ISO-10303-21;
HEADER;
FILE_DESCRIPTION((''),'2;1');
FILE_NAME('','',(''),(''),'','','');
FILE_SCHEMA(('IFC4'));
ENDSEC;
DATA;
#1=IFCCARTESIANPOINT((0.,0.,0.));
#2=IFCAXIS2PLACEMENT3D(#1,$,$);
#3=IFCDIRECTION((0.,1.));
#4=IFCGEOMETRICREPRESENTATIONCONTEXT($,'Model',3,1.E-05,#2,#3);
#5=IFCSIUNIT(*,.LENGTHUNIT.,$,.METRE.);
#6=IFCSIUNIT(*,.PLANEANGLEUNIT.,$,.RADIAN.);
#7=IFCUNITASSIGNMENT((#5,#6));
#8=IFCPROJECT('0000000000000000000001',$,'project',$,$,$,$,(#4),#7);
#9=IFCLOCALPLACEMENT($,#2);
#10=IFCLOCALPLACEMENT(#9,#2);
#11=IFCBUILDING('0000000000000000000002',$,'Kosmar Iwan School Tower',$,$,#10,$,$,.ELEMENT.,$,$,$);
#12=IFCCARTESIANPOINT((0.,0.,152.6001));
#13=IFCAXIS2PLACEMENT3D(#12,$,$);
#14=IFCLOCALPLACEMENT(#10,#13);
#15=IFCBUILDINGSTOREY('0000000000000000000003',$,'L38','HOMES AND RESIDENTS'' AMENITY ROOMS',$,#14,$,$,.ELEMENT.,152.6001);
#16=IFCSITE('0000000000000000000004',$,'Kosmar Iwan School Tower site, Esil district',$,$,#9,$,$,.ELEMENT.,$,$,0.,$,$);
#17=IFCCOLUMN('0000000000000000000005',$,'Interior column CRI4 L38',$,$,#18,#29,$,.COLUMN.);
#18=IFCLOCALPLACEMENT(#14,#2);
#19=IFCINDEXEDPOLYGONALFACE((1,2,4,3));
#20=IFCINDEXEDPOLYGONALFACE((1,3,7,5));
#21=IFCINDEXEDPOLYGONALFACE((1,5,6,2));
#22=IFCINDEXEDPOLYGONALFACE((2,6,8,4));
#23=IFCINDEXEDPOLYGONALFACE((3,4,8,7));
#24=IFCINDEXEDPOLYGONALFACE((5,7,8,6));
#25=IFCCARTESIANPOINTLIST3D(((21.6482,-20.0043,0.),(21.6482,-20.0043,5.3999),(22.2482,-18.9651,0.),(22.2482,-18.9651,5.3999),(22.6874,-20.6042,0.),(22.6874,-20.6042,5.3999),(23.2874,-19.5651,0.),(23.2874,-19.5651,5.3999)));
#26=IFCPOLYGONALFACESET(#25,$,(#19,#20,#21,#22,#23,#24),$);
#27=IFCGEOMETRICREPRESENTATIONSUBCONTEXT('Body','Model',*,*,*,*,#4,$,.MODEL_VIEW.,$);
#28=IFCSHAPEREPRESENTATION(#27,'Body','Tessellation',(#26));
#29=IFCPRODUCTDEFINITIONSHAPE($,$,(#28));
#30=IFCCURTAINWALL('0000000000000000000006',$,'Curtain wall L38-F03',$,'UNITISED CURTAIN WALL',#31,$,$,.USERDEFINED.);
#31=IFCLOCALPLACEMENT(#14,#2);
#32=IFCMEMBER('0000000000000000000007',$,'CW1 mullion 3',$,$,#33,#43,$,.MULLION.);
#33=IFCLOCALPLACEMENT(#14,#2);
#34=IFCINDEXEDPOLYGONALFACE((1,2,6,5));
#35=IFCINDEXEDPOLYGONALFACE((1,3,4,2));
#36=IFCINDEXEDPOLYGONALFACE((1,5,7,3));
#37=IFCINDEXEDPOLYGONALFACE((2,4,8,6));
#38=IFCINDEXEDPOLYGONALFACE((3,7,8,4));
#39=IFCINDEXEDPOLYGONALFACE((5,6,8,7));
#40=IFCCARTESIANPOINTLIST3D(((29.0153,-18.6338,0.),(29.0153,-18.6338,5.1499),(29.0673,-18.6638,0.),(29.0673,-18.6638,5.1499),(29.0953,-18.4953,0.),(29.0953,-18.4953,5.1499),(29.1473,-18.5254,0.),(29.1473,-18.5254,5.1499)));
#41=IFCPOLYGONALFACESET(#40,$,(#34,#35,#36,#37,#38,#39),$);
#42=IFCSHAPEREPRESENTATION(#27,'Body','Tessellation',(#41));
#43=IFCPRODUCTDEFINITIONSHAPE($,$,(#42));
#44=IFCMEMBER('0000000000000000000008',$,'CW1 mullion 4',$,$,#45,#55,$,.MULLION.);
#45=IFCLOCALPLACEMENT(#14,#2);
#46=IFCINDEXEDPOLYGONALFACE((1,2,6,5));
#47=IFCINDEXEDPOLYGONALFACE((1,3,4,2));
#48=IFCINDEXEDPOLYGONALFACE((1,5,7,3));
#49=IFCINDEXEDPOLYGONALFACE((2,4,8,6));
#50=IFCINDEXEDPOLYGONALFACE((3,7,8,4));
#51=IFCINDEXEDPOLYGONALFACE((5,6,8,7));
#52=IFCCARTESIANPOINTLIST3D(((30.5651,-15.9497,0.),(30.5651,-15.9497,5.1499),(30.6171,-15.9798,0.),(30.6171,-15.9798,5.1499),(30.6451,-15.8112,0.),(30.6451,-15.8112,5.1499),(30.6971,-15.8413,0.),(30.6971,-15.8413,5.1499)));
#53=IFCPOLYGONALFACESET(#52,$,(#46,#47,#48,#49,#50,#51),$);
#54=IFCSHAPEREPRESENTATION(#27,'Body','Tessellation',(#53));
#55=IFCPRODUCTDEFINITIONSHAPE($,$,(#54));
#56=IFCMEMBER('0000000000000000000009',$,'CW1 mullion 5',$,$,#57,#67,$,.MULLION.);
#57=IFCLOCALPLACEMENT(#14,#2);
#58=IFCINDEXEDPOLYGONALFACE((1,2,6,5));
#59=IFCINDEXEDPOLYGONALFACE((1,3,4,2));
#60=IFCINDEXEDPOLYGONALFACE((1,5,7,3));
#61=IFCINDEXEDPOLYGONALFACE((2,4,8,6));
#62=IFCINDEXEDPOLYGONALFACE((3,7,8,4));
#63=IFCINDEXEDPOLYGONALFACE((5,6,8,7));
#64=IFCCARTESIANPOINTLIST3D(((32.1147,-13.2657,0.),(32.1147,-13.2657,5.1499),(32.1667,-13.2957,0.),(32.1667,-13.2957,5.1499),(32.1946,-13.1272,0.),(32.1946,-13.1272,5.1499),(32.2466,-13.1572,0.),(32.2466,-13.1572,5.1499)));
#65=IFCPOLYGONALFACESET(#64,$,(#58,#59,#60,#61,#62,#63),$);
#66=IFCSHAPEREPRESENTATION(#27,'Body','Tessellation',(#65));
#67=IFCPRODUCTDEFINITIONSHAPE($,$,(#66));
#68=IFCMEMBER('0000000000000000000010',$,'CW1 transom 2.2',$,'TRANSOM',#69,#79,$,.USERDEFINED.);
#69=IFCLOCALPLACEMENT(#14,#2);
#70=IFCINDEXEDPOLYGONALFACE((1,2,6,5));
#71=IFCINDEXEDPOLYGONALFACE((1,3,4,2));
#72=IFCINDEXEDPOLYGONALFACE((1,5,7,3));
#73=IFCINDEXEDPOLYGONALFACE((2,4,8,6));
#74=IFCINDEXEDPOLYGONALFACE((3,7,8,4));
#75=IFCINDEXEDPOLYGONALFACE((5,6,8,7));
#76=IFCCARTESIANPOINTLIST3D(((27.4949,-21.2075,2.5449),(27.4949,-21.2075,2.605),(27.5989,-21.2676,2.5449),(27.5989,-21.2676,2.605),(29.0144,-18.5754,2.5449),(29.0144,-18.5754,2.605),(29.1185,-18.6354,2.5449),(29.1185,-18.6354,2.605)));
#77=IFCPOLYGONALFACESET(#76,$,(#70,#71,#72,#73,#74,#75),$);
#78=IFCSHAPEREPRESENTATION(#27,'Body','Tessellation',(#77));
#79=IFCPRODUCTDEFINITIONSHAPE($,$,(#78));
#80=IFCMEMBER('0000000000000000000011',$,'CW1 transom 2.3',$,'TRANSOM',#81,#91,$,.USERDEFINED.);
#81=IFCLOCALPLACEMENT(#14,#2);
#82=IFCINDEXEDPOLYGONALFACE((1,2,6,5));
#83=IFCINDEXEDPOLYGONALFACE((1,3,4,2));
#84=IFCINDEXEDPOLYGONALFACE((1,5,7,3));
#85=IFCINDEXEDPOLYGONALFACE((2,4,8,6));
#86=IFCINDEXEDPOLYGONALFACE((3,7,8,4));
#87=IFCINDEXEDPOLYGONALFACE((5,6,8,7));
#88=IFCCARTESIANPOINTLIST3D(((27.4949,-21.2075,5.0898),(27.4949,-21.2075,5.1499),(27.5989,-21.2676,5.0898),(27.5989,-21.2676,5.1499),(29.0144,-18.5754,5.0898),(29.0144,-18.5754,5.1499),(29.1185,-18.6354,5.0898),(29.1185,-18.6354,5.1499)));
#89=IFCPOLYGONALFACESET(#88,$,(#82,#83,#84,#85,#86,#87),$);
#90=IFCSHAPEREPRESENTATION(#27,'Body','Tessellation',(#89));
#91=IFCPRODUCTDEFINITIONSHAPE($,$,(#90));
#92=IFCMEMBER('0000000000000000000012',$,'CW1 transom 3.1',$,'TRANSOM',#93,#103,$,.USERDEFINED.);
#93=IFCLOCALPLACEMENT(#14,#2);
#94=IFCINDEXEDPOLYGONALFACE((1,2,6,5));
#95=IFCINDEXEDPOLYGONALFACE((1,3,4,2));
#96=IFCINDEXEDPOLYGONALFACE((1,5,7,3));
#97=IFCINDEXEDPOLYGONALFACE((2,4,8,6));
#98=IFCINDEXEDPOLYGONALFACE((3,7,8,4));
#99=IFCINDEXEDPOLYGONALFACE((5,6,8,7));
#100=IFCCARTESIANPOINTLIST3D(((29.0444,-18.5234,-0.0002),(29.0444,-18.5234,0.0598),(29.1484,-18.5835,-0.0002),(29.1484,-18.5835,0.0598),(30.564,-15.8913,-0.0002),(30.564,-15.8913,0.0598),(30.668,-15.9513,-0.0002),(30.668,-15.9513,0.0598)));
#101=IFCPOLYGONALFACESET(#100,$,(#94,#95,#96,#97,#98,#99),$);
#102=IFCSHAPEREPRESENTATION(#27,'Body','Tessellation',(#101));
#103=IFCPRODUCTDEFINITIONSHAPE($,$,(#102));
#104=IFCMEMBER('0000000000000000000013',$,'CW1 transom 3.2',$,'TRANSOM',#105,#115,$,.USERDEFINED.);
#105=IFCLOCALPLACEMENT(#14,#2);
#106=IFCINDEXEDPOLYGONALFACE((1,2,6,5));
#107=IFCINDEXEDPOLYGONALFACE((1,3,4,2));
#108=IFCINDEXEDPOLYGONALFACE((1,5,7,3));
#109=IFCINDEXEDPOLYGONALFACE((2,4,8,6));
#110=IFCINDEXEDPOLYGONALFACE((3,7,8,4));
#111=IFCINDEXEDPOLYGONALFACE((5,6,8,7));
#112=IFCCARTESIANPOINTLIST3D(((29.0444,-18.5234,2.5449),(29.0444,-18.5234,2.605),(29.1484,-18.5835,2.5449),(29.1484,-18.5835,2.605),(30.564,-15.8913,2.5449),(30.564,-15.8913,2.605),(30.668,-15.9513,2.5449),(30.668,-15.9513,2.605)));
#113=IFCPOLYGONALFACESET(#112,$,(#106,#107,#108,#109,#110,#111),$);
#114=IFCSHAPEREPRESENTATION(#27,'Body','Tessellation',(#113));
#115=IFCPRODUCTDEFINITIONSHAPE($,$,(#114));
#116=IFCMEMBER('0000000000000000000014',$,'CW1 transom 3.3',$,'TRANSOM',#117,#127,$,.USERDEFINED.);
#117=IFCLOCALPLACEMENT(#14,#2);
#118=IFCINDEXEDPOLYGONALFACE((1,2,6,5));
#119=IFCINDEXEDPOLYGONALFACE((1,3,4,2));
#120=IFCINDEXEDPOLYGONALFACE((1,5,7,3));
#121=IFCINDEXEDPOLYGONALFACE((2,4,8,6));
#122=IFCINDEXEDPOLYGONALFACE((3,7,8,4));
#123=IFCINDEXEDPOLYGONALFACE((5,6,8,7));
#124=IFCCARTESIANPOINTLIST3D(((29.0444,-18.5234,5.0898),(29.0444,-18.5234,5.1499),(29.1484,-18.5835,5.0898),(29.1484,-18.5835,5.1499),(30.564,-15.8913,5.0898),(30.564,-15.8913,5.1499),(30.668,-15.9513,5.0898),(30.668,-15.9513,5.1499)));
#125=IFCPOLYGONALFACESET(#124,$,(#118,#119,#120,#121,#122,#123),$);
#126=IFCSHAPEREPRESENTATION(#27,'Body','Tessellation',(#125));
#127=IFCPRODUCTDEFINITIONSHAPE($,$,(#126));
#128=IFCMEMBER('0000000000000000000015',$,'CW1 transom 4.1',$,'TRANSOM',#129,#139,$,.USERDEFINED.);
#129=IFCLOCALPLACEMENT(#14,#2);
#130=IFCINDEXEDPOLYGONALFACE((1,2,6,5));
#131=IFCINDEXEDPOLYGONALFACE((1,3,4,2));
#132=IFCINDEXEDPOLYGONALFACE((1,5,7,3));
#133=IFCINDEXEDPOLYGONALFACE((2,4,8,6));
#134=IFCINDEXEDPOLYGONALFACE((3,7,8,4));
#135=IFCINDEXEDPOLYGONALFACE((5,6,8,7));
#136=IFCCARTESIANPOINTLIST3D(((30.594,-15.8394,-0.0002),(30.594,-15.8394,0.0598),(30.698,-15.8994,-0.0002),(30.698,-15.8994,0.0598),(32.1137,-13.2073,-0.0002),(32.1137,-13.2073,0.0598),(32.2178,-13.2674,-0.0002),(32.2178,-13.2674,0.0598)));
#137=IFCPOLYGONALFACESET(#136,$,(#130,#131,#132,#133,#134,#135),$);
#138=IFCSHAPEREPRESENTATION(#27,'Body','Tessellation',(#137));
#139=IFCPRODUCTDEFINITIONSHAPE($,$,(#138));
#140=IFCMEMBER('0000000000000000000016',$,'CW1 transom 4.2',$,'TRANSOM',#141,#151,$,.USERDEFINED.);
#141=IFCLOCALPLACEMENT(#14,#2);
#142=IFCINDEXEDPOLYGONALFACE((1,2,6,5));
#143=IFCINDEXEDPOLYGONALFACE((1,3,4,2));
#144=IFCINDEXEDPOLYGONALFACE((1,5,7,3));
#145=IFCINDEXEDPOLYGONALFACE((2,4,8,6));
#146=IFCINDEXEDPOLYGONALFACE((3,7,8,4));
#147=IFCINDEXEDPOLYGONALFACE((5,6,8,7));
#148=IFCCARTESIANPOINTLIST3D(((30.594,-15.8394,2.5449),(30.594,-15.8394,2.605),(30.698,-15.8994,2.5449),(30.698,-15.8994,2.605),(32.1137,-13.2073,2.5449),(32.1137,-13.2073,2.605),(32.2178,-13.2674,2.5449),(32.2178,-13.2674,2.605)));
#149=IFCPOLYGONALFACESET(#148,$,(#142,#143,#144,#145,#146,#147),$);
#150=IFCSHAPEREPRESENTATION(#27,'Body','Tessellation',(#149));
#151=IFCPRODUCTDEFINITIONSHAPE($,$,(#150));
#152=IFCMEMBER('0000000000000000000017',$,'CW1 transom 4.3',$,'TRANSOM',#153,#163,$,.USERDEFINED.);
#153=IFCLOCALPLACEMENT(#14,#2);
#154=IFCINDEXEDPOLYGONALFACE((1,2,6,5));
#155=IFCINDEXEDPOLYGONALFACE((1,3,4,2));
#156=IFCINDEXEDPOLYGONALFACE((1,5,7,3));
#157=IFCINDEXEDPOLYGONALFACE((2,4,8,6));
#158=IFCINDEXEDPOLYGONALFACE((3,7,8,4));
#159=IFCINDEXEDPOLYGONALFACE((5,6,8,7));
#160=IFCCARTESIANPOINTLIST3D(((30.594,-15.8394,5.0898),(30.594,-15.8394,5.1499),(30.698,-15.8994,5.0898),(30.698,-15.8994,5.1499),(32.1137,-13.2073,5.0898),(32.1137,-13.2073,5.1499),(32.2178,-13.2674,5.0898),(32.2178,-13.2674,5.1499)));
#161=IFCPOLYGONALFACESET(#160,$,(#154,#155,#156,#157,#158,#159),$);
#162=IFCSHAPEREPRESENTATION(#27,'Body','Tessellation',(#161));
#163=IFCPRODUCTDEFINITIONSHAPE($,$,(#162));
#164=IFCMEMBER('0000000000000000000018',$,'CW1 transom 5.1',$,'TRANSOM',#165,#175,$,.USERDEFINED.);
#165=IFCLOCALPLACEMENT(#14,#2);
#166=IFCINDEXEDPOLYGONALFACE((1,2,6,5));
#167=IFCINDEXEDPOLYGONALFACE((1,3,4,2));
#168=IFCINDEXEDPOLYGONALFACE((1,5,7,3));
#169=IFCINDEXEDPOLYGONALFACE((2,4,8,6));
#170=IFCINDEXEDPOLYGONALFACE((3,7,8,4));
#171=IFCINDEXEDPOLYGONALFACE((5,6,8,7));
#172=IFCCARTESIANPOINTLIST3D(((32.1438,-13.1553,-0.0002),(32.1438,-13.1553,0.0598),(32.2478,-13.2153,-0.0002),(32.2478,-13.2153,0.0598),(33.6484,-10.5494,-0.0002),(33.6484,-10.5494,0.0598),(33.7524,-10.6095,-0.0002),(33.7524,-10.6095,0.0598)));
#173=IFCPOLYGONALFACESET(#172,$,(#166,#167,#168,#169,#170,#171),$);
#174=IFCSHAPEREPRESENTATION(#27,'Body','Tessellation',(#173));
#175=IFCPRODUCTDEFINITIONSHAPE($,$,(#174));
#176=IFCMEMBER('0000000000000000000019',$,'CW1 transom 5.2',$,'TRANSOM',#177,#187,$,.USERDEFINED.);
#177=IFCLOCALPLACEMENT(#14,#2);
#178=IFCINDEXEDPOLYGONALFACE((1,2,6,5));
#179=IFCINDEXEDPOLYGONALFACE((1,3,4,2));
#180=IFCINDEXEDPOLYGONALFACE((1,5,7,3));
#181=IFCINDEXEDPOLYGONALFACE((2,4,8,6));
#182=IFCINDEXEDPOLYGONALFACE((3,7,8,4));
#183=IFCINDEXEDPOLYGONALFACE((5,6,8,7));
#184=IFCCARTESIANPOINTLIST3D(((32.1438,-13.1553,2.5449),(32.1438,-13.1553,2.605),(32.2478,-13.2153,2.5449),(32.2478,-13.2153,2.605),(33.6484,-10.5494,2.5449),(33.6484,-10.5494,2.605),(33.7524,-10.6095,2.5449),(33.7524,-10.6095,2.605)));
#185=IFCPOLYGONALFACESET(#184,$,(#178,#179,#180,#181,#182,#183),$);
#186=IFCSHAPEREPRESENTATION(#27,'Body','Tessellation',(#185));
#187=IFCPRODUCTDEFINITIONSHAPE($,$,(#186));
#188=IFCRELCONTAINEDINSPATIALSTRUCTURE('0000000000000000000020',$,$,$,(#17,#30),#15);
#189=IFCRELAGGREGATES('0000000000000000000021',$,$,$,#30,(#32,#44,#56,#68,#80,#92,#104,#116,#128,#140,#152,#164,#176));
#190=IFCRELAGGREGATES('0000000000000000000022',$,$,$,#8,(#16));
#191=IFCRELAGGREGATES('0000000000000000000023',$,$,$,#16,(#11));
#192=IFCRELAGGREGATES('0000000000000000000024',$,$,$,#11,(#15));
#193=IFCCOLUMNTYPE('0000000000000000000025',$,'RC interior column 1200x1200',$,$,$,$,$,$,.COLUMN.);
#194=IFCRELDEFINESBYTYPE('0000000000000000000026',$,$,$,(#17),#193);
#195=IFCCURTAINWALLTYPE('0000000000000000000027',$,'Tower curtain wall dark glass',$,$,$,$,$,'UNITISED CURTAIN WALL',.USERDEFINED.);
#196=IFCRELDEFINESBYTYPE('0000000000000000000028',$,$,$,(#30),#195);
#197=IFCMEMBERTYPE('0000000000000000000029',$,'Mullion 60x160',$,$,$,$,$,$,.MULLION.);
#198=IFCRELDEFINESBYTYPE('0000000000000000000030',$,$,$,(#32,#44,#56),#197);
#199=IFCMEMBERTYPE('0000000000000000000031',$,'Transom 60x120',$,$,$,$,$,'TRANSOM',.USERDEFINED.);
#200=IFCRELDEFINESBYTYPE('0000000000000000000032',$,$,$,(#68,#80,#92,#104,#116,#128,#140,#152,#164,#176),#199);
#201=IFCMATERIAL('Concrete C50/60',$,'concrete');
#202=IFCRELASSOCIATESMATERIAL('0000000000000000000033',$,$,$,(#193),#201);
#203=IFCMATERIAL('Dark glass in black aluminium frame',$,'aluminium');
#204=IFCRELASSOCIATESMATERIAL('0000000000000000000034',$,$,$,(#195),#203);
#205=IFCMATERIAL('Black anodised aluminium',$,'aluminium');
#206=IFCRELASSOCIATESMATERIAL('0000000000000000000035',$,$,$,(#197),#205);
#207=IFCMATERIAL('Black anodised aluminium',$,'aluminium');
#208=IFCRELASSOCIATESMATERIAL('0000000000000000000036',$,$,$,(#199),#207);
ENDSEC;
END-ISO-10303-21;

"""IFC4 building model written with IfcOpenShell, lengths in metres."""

from ifc_helpers import new_model, si_unit, direction, frame, origin, origin_2d, place, context, subcontext, project, spatial, rectangle, extrude, material, material_profile, profile_set, type_object, element, aggregate, save


model = new_model("IFC4")

# Units and contexts
model_context = context("Model", 3, precision=1e-05, world=origin(), true_north=direction((0.0, 1.0)))
body_context = subcontext(model_context, "Body", "Model", "MODEL_VIEW")
ifc_project = project(units=[si_unit("LENGTHUNIT", "METRE"), si_unit("PLANEANGLEUNIT", "RADIAN")], contexts=[model_context])

# Site, building, storey
site_placement = place(None, origin())
site = spatial("IfcSite", under=ifc_project, at=site_placement, Name="Kosmar Iwan School Tower site, Esil district", CompositionType="ELEMENT", RefElevation=0.0)
building_placement = place(site_placement, origin())
building = spatial("IfcBuilding", under=site, at=building_placement, Name="Kosmar Iwan School Tower", CompositionType="ELEMENT")
storey_placement = place(building_placement, frame((0.0, 0.0, 152.6001)))
storey = spatial("IfcBuildingStorey", under=building, at=storey_placement, Name="L38", Description="HOMES AND RESIDENTS' AMENITY ROOMS", CompositionType="ELEMENT", Elevation=152.6001)

# Column
ifc_material_1 = material(Name="Concrete C50/60", Category="concrete")
ifc_material_profile_1 = material_profile(ifc_material_1, rectangle(XDim=1.2, YDim=1.2, at=origin_2d()), Name="RC 1200x1200")
ifc_profile_set_1 = profile_set([ifc_material_profile_1], Name="Concrete C50/60")
column_type = type_object("IfcColumnType", Name="RC interior column 1200x1200", PredefinedType="COLUMN", material=ifc_profile_set_1)
column_placement = place(storey_placement, frame((22.4678, -19.7847, 0.0), z_axis=(0.0, 0.0, 1.0), x_axis=(0.866025, -0.5, 0.0)))
element("IfcColumn", 1, at=column_placement, inside=storey, type_object=column_type, Name="Interior column CRI4 L38", PredefinedType="COLUMN", context=body_context, shape_type="SweptSolid", body=[
    extrude(rectangle(XDim=1.2, YDim=1.2, at=origin_2d()), origin(), (0.0, 0.0, 1.0), 5.3999),
])

# Curtain wall, members
ifc_material_2 = material(Name="Dark glass in black aluminium frame", Category="aluminium")
curtain_wall_type = type_object("IfcCurtainWallType", Name="Tower curtain wall dark glass", ElementType="UNITISED CURTAIN WALL", PredefinedType="USERDEFINED", material=ifc_material_2)
curtain_wall_placement = place(storey_placement, origin())
curtain_wall = element("IfcCurtainWall", 2, at=curtain_wall_placement, inside=storey, type_object=curtain_wall_type, Name="Curtain wall L38-F03", ObjectType="UNITISED CURTAIN WALL", PredefinedType="USERDEFINED")
ifc_material_3 = material(Name="Black anodised aluminium", Category="aluminium")
ifc_material_profile_2 = material_profile(ifc_material_3, rectangle(XDim=0.0601, YDim=0.1599, at=origin_2d()), Name="MULLION 60x160")
ifc_profile_set_2 = profile_set([ifc_material_profile_2], Name="Black anodised aluminium")
member_type_1 = type_object("IfcMemberType", Name="Mullion 60x160", PredefinedType="MULLION", material=ifc_profile_set_2)
member_1_placement = place(storey_placement, frame((29.0813, -18.5796, 0.0), z_axis=(0.0, 0.0, 1.0), x_axis=(-0.866025, 0.5, 0.0)))
member_1 = element("IfcMember", 3, at=member_1_placement, type_object=member_type_1, Name="CW1 mullion 3", PredefinedType="MULLION", context=body_context, shape_type="SweptSolid", body=[
    extrude(rectangle(XDim=0.0601, YDim=0.1599, at=origin_2d()), origin(), (0.0, 0.0, 1.0), 5.1499),
])
member_2_placement = place(storey_placement, frame((30.6311, -15.8955, 0.0), z_axis=(0.0, 0.0, 1.0), x_axis=(-0.866025, 0.5, 0.0)))
member_2 = element("IfcMember", 4, at=member_2_placement, type_object=member_type_1, Name="CW1 mullion 4", PredefinedType="MULLION", context=body_context, shape_type="SweptSolid", body=[
    extrude(rectangle(XDim=0.0601, YDim=0.1599, at=origin_2d()), origin(), (0.0, 0.0, 1.0), 5.1499),
])
member_3_placement = place(storey_placement, frame((32.1807, -13.2114, 0.0), z_axis=(0.0, 0.0, 1.0), x_axis=(-0.866025, 0.5, 0.0)))
member_3 = element("IfcMember", 5, at=member_3_placement, type_object=member_type_1, Name="CW1 mullion 5", PredefinedType="MULLION", context=body_context, shape_type="SweptSolid", body=[
    extrude(rectangle(XDim=0.0601, YDim=0.1599, at=origin_2d()), origin(), (0.0, 0.0, 1.0), 5.1499),
])
ifc_material_4 = material(Name="Black anodised aluminium", Category="aluminium")
ifc_material_profile_3 = material_profile(ifc_material_4, rectangle(XDim=0.1201, YDim=0.0601, at=origin_2d()), Name="TRANSOM 60x120")
ifc_profile_set_3 = profile_set([ifc_material_profile_3], Name="Black anodised aluminium")
member_type_2 = type_object("IfcMemberType", Name="Transom 60x120", ElementType="TRANSOM", PredefinedType="USERDEFINED", material=ifc_profile_set_3)
member_4_placement = place(storey_placement, frame((27.5469, -21.2375, 2.575), z_axis=(0.499975, 0.86604, 0.0), x_axis=(-0.86604, 0.499975, 0.0)))
member_4 = element("IfcMember", 6, at=member_4_placement, type_object=member_type_2, Name="CW1 transom 2.2", ObjectType="TRANSOM", PredefinedType="USERDEFINED", context=body_context, shape_type="SweptSolid", body=[
    extrude(rectangle(XDim=0.1201, YDim=0.0601, at=origin_2d()), origin(), (0.0, 0.0, 1.0), 3.0393),
])
member_5_placement = place(storey_placement, frame((27.5469, -21.2375, 5.1199), z_axis=(0.499975, 0.86604, 0.0), x_axis=(-0.86604, 0.499975, 0.0)))
member_5 = element("IfcMember", 7, at=member_5_placement, type_object=member_type_2, Name="CW1 transom 2.3", ObjectType="TRANSOM", PredefinedType="USERDEFINED", context=body_context, shape_type="SweptSolid", body=[
    extrude(rectangle(XDim=0.1201, YDim=0.0601, at=origin_2d()), origin(), (0.0, 0.0, 1.0), 3.0393),
])
member_6_placement = place(storey_placement, frame((29.0964, -18.5535, 0.0298), z_axis=(0.499975, 0.86604, 0.0), x_axis=(-0.86604, 0.499975, 0.0)))
member_6 = element("IfcMember", 8, at=member_6_placement, type_object=member_type_2, Name="CW1 transom 3.1", ObjectType="TRANSOM", PredefinedType="USERDEFINED", context=body_context, shape_type="SweptSolid", body=[
    extrude(rectangle(XDim=0.1201, YDim=0.0601, at=origin_2d()), origin(), (0.0, 0.0, 1.0), 3.0393),
])
member_7_placement = place(storey_placement, frame((29.0964, -18.5535, 2.575), z_axis=(0.499975, 0.86604, 0.0), x_axis=(-0.86604, 0.499975, 0.0)))
member_7 = element("IfcMember", 9, at=member_7_placement, type_object=member_type_2, Name="CW1 transom 3.2", ObjectType="TRANSOM", PredefinedType="USERDEFINED", context=body_context, shape_type="SweptSolid", body=[
    extrude(rectangle(XDim=0.1201, YDim=0.0601, at=origin_2d()), origin(), (0.0, 0.0, 1.0), 3.0393),
])
member_8_placement = place(storey_placement, frame((29.0964, -18.5535, 5.1199), z_axis=(0.499975, 0.86604, 0.0), x_axis=(-0.86604, 0.499975, 0.0)))
member_8 = element("IfcMember", 10, at=member_8_placement, type_object=member_type_2, Name="CW1 transom 3.3", ObjectType="TRANSOM", PredefinedType="USERDEFINED", context=body_context, shape_type="SweptSolid", body=[
    extrude(rectangle(XDim=0.1201, YDim=0.0601, at=origin_2d()), origin(), (0.0, 0.0, 1.0), 3.0393),
])
member_9_placement = place(storey_placement, frame((30.646, -15.8694, 0.0298), z_axis=(0.500035, 0.866005, 0.0), x_axis=(-0.866005, 0.500035, 0.0)))
member_9 = element("IfcMember", 11, at=member_9_placement, type_object=member_type_2, Name="CW1 transom 4.1", ObjectType="TRANSOM", PredefinedType="USERDEFINED", context=body_context, shape_type="SweptSolid", body=[
    extrude(rectangle(XDim=0.1201, YDim=0.0601, at=origin_2d()), origin(), (0.0, 0.0, 1.0), 3.0393),
])
member_10_placement = place(storey_placement, frame((30.646, -15.8694, 2.575), z_axis=(0.500035, 0.866005, 0.0), x_axis=(-0.866005, 0.500035, 0.0)))
member_10 = element("IfcMember", 12, at=member_10_placement, type_object=member_type_2, Name="CW1 transom 4.2", ObjectType="TRANSOM", PredefinedType="USERDEFINED", context=body_context, shape_type="SweptSolid", body=[
    extrude(rectangle(XDim=0.1201, YDim=0.0601, at=origin_2d()), origin(), (0.0, 0.0, 1.0), 3.0393),
])
member_11_placement = place(storey_placement, frame((30.646, -15.8694, 5.1199), z_axis=(0.500035, 0.866005, 0.0), x_axis=(-0.866005, 0.500035, 0.0)))
member_11 = element("IfcMember", 13, at=member_11_placement, type_object=member_type_2, Name="CW1 transom 4.3", ObjectType="TRANSOM", PredefinedType="USERDEFINED", context=body_context, shape_type="SweptSolid", body=[
    extrude(rectangle(XDim=0.1201, YDim=0.0601, at=origin_2d()), origin(), (0.0, 0.0, 1.0), 3.0393),
])
member_12_placement = place(storey_placement, frame((32.1958, -13.1853, 0.0298), z_axis=(0.500022, 0.866013, 0.0), x_axis=(-0.866013, 0.500022, 0.0)))
member_12 = element("IfcMember", 14, at=member_12_placement, type_object=member_type_2, Name="CW1 transom 5.1", ObjectType="TRANSOM", PredefinedType="USERDEFINED", context=body_context, shape_type="SweptSolid", body=[
    extrude(rectangle(XDim=0.1201, YDim=0.0601, at=origin_2d()), origin(), (0.0, 0.0, 1.0), 3.009),
])
member_13_placement = place(storey_placement, frame((32.1958, -13.1853, 2.575), z_axis=(0.500022, 0.866013, 0.0), x_axis=(-0.866013, 0.500022, 0.0)))
member_13 = element("IfcMember", 15, at=member_13_placement, type_object=member_type_2, Name="CW1 transom 5.2", ObjectType="TRANSOM", PredefinedType="USERDEFINED", context=body_context, shape_type="SweptSolid", body=[
    extrude(rectangle(XDim=0.1201, YDim=0.0601, at=origin_2d()), origin(), (0.0, 0.0, 1.0), 3.009),
])
aggregate(curtain_wall, [member_1, member_2, member_3, member_4, member_5, member_6, member_7, member_8, member_9, member_10, member_11, member_12, member_13])

save(model, "model.ifc")
